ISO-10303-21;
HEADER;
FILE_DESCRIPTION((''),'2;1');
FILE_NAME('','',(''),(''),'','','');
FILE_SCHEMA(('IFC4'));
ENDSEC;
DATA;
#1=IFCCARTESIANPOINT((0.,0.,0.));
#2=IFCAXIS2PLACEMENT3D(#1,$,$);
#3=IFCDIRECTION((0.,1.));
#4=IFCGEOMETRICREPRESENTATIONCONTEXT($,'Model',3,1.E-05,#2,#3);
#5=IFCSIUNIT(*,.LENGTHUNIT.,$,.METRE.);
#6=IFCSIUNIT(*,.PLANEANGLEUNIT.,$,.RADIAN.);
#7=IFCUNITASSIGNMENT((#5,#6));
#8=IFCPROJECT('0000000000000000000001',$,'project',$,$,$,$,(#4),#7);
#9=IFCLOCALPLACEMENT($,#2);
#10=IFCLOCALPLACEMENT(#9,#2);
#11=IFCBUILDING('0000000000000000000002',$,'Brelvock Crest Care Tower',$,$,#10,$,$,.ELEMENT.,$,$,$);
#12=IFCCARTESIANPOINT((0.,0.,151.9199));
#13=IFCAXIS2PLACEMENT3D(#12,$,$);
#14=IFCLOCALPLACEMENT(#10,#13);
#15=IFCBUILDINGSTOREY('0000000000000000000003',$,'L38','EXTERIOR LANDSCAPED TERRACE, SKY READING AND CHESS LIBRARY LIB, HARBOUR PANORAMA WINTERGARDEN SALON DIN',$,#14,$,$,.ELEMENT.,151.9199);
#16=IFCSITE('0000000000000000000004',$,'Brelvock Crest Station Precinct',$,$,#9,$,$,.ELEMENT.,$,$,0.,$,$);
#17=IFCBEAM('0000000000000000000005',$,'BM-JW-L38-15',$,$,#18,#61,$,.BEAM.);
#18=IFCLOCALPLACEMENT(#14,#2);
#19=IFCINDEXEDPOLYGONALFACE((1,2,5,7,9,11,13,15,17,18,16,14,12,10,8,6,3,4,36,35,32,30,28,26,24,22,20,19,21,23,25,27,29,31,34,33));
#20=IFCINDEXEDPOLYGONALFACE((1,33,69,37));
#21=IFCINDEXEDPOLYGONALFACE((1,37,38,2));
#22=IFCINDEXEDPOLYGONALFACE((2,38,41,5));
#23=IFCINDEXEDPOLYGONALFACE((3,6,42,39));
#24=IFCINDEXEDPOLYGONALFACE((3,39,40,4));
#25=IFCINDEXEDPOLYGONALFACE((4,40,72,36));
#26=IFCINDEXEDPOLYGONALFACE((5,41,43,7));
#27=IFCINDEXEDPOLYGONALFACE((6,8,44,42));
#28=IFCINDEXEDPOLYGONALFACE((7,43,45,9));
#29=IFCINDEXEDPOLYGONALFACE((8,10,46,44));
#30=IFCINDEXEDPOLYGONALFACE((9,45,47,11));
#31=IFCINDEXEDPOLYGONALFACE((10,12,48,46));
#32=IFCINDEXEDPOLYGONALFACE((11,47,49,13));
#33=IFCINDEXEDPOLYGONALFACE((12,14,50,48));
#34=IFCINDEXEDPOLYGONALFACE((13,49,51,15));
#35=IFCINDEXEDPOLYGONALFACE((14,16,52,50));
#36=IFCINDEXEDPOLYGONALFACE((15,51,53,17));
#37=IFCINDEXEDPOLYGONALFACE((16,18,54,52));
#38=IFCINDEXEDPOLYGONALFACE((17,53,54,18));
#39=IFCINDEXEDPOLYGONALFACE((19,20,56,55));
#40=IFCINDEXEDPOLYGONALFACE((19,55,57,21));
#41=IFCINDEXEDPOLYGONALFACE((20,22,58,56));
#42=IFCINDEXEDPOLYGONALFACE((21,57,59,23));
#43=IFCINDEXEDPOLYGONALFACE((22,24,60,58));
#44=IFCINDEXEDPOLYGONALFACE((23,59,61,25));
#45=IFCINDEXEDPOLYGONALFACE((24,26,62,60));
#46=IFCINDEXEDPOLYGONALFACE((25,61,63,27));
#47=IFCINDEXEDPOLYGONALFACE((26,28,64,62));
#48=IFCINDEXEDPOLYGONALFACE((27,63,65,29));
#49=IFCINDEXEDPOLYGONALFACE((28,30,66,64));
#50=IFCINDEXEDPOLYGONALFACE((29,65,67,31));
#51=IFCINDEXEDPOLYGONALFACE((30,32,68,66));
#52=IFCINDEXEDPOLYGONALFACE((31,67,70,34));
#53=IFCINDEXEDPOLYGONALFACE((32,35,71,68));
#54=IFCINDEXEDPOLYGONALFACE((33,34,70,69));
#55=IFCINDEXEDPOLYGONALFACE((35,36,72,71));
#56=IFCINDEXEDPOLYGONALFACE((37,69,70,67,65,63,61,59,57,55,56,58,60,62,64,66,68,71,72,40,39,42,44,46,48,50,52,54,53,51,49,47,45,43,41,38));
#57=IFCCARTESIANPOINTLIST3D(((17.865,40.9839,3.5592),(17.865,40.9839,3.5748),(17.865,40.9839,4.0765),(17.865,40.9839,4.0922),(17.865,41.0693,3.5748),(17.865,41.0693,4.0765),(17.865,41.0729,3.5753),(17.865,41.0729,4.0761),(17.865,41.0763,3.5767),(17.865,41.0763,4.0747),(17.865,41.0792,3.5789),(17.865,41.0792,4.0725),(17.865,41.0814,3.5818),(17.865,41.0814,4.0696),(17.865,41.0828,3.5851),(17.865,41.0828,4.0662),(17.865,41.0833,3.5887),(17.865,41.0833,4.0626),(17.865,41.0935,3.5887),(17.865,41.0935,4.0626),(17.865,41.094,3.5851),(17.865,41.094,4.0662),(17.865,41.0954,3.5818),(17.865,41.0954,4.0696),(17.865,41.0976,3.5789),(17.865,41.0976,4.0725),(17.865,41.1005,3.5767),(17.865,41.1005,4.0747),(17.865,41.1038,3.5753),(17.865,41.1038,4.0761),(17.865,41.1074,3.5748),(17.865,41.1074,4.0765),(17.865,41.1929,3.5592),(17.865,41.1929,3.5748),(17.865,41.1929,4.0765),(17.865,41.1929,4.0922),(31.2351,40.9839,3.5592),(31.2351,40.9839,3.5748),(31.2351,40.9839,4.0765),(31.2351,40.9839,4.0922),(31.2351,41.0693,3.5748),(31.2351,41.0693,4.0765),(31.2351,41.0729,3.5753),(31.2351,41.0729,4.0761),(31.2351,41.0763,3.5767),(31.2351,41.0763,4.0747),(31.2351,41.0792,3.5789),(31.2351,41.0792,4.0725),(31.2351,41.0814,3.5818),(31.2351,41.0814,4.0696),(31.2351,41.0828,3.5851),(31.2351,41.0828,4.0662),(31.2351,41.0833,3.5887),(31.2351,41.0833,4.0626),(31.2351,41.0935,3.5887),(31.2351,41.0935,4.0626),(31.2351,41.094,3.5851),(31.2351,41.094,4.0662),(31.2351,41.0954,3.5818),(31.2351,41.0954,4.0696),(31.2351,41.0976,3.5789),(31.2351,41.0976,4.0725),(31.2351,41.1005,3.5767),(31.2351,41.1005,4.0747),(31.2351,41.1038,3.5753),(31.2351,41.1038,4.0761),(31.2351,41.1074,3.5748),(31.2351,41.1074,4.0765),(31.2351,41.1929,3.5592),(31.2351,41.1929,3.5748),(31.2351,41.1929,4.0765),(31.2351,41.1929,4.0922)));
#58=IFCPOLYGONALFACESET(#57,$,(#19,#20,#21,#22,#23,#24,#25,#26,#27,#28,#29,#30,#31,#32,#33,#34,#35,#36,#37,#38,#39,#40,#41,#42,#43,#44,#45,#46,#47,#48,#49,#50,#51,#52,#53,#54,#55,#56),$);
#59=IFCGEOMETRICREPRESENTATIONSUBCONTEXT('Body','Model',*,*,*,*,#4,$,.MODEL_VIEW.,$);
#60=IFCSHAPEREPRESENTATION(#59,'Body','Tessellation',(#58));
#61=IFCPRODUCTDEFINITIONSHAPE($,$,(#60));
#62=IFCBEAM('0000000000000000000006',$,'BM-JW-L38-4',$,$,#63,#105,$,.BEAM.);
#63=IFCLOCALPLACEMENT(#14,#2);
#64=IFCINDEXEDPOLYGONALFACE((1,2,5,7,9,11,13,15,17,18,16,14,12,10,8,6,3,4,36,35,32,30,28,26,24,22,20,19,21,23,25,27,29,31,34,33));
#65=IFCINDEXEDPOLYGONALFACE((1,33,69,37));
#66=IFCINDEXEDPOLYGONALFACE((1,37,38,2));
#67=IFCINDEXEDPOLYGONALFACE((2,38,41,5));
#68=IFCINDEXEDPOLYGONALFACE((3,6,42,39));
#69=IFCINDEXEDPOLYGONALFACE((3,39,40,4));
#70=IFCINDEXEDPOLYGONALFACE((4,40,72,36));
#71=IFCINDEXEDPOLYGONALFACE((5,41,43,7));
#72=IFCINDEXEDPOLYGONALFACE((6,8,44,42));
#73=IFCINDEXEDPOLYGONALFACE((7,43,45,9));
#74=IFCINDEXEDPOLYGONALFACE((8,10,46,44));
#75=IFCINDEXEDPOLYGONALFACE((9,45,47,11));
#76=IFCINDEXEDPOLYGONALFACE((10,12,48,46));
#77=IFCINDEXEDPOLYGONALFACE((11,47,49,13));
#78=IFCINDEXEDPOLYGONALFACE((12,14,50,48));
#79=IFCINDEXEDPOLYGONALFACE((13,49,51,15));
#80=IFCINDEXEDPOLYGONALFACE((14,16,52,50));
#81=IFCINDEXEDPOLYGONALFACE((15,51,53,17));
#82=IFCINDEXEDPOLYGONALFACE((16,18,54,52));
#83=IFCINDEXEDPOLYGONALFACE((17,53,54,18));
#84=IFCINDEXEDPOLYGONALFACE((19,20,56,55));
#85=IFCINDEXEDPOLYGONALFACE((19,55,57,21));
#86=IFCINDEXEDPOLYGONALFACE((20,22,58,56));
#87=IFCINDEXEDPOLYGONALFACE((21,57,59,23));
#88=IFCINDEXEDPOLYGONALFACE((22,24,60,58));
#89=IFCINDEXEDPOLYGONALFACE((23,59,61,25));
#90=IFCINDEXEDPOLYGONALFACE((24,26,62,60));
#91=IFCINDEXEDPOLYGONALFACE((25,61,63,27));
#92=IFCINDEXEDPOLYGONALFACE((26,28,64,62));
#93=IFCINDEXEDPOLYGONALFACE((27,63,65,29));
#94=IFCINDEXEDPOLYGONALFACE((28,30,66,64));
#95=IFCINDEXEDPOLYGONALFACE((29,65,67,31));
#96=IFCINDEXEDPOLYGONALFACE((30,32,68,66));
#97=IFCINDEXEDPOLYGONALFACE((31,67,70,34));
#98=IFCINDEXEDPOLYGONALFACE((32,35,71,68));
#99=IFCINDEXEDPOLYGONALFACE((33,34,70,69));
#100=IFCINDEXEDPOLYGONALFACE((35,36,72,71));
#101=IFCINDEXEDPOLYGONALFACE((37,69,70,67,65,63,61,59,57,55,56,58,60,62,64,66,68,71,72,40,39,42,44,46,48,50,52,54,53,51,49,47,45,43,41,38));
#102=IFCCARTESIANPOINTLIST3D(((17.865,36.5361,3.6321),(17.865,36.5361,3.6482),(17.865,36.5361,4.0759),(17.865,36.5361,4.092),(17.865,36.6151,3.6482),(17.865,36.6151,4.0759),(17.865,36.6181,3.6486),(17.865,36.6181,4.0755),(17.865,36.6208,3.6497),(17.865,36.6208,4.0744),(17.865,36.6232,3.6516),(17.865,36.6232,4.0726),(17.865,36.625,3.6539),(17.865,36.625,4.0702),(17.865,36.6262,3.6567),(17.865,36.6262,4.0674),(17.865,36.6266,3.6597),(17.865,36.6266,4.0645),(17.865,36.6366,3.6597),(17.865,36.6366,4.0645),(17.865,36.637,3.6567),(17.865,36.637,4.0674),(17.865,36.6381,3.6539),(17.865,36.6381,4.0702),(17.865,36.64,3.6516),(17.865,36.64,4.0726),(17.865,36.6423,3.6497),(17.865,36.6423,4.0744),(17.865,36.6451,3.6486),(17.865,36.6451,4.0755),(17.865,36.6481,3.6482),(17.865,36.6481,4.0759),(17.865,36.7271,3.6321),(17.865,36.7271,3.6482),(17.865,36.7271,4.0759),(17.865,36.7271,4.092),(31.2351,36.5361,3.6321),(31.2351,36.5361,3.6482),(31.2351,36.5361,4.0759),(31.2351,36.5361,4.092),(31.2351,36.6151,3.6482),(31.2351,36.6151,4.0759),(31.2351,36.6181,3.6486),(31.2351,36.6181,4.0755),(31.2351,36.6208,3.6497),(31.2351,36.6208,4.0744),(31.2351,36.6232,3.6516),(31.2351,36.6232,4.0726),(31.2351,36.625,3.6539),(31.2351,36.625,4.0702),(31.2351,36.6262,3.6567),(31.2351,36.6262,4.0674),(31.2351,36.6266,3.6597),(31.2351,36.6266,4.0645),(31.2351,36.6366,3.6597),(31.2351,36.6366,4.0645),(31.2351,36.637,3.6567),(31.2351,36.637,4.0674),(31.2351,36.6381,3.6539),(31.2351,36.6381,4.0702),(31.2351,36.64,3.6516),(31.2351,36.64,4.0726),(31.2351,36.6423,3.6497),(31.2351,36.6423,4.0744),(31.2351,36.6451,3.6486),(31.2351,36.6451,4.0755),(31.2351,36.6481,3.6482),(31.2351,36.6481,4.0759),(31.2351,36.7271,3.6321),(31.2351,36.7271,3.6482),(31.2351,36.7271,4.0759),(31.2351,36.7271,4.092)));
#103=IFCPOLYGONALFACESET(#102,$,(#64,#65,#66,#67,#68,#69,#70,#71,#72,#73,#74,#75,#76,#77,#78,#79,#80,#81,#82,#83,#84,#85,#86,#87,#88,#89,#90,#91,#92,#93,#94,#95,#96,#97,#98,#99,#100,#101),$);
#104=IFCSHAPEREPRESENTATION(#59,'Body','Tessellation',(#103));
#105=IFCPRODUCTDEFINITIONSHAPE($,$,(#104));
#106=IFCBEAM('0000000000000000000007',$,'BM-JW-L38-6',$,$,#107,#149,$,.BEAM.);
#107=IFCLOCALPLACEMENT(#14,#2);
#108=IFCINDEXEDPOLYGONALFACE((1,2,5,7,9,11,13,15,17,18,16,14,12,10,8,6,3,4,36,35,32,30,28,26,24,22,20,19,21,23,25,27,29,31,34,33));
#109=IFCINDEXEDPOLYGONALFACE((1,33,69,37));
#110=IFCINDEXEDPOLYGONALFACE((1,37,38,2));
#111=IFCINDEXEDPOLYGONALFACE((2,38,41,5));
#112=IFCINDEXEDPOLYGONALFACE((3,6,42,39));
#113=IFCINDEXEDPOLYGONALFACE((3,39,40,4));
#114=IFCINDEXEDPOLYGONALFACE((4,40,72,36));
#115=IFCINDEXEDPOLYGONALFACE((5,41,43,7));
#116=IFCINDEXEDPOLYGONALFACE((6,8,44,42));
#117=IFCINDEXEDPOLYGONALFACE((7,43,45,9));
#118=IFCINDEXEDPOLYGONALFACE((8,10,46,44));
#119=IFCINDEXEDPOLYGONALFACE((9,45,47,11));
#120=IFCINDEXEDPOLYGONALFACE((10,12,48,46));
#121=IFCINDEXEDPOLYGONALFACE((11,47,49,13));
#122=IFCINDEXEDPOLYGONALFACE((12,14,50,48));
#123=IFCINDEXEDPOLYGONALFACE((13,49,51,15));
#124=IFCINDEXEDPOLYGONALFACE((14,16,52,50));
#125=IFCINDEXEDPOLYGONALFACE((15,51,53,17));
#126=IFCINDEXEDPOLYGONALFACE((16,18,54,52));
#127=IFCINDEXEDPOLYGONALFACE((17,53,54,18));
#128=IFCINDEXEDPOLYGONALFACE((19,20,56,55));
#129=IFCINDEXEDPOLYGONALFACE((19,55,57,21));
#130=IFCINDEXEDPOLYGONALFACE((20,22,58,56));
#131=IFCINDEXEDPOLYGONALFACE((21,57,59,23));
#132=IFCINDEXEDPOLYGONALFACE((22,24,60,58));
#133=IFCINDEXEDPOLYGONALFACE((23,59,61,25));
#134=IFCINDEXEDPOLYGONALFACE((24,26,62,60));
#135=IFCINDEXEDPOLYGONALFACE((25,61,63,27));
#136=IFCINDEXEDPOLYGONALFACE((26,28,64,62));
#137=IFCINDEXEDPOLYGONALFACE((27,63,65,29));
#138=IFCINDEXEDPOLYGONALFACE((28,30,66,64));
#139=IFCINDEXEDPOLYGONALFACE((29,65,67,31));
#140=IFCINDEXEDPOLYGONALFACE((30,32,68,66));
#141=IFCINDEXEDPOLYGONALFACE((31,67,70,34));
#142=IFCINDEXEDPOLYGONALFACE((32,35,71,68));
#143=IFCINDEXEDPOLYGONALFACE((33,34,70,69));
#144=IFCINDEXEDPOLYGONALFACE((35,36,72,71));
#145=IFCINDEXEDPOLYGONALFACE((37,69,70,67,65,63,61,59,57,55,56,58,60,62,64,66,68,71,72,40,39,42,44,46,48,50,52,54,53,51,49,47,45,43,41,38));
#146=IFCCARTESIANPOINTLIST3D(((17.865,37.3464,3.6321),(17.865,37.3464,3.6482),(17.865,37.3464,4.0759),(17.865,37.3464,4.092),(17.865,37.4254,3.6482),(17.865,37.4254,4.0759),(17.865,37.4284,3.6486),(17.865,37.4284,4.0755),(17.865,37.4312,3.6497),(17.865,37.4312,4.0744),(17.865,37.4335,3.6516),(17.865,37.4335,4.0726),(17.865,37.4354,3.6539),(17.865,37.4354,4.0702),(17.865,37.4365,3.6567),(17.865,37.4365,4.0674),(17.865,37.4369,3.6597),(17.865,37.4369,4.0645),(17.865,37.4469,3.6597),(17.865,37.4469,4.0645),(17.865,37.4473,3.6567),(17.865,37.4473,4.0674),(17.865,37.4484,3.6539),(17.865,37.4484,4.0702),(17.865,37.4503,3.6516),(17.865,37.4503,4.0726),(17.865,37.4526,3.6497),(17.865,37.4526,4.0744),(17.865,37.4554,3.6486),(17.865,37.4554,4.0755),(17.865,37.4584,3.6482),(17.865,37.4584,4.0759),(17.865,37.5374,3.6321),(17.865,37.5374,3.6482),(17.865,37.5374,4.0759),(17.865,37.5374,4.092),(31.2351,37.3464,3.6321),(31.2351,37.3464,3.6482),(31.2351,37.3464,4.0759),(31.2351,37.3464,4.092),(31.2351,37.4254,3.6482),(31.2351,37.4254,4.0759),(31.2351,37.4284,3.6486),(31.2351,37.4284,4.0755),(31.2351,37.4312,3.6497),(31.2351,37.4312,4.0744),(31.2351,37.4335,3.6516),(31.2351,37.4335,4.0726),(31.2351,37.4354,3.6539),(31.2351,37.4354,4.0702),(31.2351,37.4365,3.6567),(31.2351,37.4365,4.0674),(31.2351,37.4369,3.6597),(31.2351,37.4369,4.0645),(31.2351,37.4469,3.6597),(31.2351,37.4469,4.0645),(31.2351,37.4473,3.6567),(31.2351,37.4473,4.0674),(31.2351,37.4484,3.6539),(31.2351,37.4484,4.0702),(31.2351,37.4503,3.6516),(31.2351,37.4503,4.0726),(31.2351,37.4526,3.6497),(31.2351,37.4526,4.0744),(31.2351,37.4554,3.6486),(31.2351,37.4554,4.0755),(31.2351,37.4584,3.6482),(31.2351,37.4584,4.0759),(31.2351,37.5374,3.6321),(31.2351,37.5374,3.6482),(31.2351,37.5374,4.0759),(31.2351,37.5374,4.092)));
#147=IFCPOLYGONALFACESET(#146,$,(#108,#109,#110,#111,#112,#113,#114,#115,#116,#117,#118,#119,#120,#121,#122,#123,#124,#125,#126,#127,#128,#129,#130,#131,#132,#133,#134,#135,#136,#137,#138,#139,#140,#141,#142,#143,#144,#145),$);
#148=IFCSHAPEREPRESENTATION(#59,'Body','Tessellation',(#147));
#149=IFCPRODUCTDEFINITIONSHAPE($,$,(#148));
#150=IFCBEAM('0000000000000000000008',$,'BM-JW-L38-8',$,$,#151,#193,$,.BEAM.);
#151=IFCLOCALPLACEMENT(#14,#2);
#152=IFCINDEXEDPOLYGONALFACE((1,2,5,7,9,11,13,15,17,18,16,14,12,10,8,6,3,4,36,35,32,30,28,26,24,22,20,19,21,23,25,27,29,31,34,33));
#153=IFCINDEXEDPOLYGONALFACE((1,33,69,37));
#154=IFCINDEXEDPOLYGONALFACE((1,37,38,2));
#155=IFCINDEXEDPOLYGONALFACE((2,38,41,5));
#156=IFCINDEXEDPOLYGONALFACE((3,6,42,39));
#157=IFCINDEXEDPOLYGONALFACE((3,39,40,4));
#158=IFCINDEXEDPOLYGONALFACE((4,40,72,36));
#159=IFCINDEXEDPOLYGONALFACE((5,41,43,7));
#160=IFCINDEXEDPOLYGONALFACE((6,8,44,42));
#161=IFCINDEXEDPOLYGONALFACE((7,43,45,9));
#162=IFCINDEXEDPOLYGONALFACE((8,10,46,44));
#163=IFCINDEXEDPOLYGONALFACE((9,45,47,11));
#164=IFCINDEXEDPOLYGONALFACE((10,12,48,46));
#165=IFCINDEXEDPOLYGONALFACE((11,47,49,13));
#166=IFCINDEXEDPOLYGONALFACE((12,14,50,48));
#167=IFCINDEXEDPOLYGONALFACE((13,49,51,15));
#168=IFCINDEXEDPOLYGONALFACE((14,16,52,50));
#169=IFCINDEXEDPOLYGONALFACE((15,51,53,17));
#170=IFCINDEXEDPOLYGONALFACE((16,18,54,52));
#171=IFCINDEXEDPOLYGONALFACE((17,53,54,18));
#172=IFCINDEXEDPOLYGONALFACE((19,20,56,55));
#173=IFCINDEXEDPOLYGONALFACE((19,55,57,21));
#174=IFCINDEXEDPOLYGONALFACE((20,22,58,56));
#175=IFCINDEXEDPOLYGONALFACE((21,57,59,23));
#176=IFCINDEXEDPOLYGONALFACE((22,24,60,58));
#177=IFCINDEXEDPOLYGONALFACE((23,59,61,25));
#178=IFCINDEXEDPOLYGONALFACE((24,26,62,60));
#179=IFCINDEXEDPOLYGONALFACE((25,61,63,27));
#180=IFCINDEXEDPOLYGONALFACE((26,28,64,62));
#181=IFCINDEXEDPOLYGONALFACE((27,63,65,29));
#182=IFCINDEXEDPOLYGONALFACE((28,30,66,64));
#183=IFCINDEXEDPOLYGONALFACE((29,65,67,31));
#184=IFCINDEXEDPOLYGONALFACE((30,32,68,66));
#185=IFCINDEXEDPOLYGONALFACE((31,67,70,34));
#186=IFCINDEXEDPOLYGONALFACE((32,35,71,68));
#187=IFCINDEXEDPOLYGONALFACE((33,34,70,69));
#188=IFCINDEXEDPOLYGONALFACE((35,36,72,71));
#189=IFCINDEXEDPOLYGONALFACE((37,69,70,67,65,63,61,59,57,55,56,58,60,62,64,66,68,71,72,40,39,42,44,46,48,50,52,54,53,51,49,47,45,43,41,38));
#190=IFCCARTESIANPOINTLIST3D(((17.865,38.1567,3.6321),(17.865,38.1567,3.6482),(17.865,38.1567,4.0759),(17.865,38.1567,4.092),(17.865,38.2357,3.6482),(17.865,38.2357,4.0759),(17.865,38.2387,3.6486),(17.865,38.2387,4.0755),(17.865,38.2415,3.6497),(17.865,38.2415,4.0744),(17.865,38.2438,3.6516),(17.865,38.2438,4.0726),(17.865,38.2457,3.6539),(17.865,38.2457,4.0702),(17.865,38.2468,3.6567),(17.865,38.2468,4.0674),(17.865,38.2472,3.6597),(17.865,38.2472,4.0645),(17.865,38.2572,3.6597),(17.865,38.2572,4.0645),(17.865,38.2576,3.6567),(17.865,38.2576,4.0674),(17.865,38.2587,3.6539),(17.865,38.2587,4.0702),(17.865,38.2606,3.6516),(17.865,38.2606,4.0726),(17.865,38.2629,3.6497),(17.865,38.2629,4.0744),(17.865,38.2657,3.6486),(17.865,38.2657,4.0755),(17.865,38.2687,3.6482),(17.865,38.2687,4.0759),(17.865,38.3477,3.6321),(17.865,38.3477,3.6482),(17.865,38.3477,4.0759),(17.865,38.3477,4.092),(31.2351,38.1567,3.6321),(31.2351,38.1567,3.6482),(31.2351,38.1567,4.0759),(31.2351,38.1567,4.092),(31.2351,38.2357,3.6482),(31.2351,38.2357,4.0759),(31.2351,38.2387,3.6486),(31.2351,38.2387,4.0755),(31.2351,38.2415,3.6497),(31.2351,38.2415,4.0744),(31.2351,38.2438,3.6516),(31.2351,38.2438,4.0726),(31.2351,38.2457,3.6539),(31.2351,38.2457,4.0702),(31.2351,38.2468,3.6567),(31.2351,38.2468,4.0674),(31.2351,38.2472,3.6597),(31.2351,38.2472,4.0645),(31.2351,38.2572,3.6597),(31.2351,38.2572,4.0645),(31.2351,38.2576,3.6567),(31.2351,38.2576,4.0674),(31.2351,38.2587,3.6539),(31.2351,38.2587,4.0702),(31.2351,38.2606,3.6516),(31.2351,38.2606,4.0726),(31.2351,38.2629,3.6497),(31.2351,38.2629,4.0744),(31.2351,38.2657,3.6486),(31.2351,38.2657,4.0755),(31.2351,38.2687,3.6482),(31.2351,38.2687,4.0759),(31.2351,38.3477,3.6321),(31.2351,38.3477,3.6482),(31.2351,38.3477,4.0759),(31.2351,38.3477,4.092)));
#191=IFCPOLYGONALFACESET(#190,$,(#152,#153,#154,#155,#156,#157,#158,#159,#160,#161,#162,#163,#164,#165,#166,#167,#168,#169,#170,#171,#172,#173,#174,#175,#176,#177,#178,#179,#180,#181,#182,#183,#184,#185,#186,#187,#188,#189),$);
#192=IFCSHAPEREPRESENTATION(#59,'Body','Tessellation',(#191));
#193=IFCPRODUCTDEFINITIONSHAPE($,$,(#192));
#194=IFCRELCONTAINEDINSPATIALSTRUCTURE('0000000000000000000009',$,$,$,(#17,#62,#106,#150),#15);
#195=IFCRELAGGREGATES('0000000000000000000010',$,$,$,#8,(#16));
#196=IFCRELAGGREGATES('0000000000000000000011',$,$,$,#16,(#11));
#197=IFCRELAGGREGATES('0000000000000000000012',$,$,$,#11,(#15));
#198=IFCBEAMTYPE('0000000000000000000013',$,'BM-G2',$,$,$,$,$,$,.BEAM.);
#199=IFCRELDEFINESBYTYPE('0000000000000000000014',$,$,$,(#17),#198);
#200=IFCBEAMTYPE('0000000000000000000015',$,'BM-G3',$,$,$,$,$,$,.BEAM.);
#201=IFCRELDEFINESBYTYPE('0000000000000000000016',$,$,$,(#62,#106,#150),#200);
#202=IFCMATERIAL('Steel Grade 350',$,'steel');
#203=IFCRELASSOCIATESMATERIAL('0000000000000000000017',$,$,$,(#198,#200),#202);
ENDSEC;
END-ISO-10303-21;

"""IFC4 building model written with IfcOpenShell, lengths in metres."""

from ifc_helpers import new_model, si_unit, direction, frame, origin, origin_2d, place, context, subcontext, project, spatial, i_section, extrude, source, transform, mapped, material, material_profile, profile_set, type_object, element, save


model = new_model("IFC4")

# Units and contexts
model_context = context("Model", 3, precision=1e-05, world=origin(), true_north=direction((0.0, 1.0)))
body_context = subcontext(model_context, "Body", "Model", "MODEL_VIEW")
ifc_project = project(units=[si_unit("LENGTHUNIT", "METRE"), si_unit("PLANEANGLEUNIT", "RADIAN")], contexts=[model_context])

# Site, building, storey
site_placement = place(None, origin())
site = spatial("IfcSite", under=ifc_project, at=site_placement, Name="Brelvock Crest Station Precinct", CompositionType="ELEMENT", RefElevation=0.0)
building_placement = place(site_placement, origin())
building = spatial("IfcBuilding", under=site, at=building_placement, Name="Brelvock Crest Care Tower", CompositionType="ELEMENT")
storey_placement = place(building_placement, frame((0.0, 0.0, 151.9199)))
storey = spatial("IfcBuildingStorey", under=building, at=storey_placement, Name="L38", Description="EXTERIOR LANDSCAPED TERRACE, SKY READING AND CHESS LIBRARY LIB, HARBOUR PANORAMA WINTERGARDEN SALON DIN", CompositionType="ELEMENT", Elevation=151.9199)

# Shared definitions
ifc_material_1 = material(Name="Steel Grade 350", Category="steel")

# Beams
ifc_material_profile_1 = material_profile(ifc_material_1, i_section(OverallWidth=0.209, OverallDepth=0.533, WebThickness=0.0103, FlangeThickness=0.0156, FilletRadius=0.0139, at=origin_2d()), Name="530UB92.4")
ifc_profile_set_1 = profile_set([ifc_material_profile_1], Name="Steel Grade 350")
beam_type_1 = type_object("IfcBeamType", Name="BM-G2", PredefinedType="BEAM", material=ifc_profile_set_1)
shared_shape_1 = source(origin(), body_context, "Body", "SweptSolid", [
    extrude(i_section(OverallWidth=0.209, OverallDepth=0.533, WebThickness=0.0103, FlangeThickness=0.0156, FilletRadius=0.0139, at=origin_2d()), origin(), (0.0, 0.0, 1.0), 13.3701),
])
for number, where, z_axis, x_axis, name in (
    (1, (17.865, 41.0884, 3.8257), (1.0, 0.0, 0.0), (0.0, 1.0, 0.0), "BM-JW-L38-15"),
):
    element("IfcBeam", number, at=place(storey_placement, frame(where, z_axis=z_axis, x_axis=x_axis)), inside=storey, type_object=beam_type_1, Name=name, PredefinedType="BEAM", context=body_context, shape_type="MappedRepresentation", body=[
        mapped(shared_shape_1, transform((0.0, 0.0, 0.0), x_axis=(1.0, 0.0, 0.0), y_axis=(0.0, 1.0, 0.0), z_axis=(0.0, 0.0, 1.0), scale=1.0)),
    ])
ifc_material_profile_2 = material_profile(ifc_material_1, i_section(OverallWidth=0.1909, OverallDepth=0.46, WebThickness=0.01, FlangeThickness=0.0161, FilletRadius=0.0115, at=origin_2d()), Name="460UB82.1")
ifc_profile_set_2 = profile_set([ifc_material_profile_2], Name="Steel Grade 350")
beam_type_2 = type_object("IfcBeamType", Name="BM-G3", PredefinedType="BEAM", material=ifc_profile_set_2)
shared_shape_2 = source(origin(), body_context, "Body", "SweptSolid", [
    extrude(i_section(OverallWidth=0.1909, OverallDepth=0.46, WebThickness=0.01, FlangeThickness=0.0161, FilletRadius=0.0115, at=origin_2d()), origin(), (0.0, 0.0, 1.0), 13.3701),
])
for number, where, z_axis, x_axis, name in (
    (2, (17.865, 36.6316, 3.8621), (1.0, 0.0, 0.0), (0.0, 1.0, 0.0), "BM-JW-L38-4"),
    (3, (17.865, 37.4419, 3.8621), (1.0, 0.0, 0.0), (0.0, 1.0, 0.0), "BM-JW-L38-6"),
    (4, (17.865, 38.2522, 3.8621), (1.0, 0.0, 0.0), (0.0, 1.0, 0.0), "BM-JW-L38-8"),
):
    element("IfcBeam", number, at=place(storey_placement, frame(where, z_axis=z_axis, x_axis=x_axis)), inside=storey, type_object=beam_type_2, Name=name, PredefinedType="BEAM", context=body_context, shape_type="MappedRepresentation", body=[
        mapped(shared_shape_2, transform((0.0, 0.0, 0.0), x_axis=(1.0, 0.0, 0.0), y_axis=(0.0, 1.0, 0.0), z_axis=(0.0, 0.0, 1.0), scale=1.0)),
    ])

save(model, "model.ifc")
